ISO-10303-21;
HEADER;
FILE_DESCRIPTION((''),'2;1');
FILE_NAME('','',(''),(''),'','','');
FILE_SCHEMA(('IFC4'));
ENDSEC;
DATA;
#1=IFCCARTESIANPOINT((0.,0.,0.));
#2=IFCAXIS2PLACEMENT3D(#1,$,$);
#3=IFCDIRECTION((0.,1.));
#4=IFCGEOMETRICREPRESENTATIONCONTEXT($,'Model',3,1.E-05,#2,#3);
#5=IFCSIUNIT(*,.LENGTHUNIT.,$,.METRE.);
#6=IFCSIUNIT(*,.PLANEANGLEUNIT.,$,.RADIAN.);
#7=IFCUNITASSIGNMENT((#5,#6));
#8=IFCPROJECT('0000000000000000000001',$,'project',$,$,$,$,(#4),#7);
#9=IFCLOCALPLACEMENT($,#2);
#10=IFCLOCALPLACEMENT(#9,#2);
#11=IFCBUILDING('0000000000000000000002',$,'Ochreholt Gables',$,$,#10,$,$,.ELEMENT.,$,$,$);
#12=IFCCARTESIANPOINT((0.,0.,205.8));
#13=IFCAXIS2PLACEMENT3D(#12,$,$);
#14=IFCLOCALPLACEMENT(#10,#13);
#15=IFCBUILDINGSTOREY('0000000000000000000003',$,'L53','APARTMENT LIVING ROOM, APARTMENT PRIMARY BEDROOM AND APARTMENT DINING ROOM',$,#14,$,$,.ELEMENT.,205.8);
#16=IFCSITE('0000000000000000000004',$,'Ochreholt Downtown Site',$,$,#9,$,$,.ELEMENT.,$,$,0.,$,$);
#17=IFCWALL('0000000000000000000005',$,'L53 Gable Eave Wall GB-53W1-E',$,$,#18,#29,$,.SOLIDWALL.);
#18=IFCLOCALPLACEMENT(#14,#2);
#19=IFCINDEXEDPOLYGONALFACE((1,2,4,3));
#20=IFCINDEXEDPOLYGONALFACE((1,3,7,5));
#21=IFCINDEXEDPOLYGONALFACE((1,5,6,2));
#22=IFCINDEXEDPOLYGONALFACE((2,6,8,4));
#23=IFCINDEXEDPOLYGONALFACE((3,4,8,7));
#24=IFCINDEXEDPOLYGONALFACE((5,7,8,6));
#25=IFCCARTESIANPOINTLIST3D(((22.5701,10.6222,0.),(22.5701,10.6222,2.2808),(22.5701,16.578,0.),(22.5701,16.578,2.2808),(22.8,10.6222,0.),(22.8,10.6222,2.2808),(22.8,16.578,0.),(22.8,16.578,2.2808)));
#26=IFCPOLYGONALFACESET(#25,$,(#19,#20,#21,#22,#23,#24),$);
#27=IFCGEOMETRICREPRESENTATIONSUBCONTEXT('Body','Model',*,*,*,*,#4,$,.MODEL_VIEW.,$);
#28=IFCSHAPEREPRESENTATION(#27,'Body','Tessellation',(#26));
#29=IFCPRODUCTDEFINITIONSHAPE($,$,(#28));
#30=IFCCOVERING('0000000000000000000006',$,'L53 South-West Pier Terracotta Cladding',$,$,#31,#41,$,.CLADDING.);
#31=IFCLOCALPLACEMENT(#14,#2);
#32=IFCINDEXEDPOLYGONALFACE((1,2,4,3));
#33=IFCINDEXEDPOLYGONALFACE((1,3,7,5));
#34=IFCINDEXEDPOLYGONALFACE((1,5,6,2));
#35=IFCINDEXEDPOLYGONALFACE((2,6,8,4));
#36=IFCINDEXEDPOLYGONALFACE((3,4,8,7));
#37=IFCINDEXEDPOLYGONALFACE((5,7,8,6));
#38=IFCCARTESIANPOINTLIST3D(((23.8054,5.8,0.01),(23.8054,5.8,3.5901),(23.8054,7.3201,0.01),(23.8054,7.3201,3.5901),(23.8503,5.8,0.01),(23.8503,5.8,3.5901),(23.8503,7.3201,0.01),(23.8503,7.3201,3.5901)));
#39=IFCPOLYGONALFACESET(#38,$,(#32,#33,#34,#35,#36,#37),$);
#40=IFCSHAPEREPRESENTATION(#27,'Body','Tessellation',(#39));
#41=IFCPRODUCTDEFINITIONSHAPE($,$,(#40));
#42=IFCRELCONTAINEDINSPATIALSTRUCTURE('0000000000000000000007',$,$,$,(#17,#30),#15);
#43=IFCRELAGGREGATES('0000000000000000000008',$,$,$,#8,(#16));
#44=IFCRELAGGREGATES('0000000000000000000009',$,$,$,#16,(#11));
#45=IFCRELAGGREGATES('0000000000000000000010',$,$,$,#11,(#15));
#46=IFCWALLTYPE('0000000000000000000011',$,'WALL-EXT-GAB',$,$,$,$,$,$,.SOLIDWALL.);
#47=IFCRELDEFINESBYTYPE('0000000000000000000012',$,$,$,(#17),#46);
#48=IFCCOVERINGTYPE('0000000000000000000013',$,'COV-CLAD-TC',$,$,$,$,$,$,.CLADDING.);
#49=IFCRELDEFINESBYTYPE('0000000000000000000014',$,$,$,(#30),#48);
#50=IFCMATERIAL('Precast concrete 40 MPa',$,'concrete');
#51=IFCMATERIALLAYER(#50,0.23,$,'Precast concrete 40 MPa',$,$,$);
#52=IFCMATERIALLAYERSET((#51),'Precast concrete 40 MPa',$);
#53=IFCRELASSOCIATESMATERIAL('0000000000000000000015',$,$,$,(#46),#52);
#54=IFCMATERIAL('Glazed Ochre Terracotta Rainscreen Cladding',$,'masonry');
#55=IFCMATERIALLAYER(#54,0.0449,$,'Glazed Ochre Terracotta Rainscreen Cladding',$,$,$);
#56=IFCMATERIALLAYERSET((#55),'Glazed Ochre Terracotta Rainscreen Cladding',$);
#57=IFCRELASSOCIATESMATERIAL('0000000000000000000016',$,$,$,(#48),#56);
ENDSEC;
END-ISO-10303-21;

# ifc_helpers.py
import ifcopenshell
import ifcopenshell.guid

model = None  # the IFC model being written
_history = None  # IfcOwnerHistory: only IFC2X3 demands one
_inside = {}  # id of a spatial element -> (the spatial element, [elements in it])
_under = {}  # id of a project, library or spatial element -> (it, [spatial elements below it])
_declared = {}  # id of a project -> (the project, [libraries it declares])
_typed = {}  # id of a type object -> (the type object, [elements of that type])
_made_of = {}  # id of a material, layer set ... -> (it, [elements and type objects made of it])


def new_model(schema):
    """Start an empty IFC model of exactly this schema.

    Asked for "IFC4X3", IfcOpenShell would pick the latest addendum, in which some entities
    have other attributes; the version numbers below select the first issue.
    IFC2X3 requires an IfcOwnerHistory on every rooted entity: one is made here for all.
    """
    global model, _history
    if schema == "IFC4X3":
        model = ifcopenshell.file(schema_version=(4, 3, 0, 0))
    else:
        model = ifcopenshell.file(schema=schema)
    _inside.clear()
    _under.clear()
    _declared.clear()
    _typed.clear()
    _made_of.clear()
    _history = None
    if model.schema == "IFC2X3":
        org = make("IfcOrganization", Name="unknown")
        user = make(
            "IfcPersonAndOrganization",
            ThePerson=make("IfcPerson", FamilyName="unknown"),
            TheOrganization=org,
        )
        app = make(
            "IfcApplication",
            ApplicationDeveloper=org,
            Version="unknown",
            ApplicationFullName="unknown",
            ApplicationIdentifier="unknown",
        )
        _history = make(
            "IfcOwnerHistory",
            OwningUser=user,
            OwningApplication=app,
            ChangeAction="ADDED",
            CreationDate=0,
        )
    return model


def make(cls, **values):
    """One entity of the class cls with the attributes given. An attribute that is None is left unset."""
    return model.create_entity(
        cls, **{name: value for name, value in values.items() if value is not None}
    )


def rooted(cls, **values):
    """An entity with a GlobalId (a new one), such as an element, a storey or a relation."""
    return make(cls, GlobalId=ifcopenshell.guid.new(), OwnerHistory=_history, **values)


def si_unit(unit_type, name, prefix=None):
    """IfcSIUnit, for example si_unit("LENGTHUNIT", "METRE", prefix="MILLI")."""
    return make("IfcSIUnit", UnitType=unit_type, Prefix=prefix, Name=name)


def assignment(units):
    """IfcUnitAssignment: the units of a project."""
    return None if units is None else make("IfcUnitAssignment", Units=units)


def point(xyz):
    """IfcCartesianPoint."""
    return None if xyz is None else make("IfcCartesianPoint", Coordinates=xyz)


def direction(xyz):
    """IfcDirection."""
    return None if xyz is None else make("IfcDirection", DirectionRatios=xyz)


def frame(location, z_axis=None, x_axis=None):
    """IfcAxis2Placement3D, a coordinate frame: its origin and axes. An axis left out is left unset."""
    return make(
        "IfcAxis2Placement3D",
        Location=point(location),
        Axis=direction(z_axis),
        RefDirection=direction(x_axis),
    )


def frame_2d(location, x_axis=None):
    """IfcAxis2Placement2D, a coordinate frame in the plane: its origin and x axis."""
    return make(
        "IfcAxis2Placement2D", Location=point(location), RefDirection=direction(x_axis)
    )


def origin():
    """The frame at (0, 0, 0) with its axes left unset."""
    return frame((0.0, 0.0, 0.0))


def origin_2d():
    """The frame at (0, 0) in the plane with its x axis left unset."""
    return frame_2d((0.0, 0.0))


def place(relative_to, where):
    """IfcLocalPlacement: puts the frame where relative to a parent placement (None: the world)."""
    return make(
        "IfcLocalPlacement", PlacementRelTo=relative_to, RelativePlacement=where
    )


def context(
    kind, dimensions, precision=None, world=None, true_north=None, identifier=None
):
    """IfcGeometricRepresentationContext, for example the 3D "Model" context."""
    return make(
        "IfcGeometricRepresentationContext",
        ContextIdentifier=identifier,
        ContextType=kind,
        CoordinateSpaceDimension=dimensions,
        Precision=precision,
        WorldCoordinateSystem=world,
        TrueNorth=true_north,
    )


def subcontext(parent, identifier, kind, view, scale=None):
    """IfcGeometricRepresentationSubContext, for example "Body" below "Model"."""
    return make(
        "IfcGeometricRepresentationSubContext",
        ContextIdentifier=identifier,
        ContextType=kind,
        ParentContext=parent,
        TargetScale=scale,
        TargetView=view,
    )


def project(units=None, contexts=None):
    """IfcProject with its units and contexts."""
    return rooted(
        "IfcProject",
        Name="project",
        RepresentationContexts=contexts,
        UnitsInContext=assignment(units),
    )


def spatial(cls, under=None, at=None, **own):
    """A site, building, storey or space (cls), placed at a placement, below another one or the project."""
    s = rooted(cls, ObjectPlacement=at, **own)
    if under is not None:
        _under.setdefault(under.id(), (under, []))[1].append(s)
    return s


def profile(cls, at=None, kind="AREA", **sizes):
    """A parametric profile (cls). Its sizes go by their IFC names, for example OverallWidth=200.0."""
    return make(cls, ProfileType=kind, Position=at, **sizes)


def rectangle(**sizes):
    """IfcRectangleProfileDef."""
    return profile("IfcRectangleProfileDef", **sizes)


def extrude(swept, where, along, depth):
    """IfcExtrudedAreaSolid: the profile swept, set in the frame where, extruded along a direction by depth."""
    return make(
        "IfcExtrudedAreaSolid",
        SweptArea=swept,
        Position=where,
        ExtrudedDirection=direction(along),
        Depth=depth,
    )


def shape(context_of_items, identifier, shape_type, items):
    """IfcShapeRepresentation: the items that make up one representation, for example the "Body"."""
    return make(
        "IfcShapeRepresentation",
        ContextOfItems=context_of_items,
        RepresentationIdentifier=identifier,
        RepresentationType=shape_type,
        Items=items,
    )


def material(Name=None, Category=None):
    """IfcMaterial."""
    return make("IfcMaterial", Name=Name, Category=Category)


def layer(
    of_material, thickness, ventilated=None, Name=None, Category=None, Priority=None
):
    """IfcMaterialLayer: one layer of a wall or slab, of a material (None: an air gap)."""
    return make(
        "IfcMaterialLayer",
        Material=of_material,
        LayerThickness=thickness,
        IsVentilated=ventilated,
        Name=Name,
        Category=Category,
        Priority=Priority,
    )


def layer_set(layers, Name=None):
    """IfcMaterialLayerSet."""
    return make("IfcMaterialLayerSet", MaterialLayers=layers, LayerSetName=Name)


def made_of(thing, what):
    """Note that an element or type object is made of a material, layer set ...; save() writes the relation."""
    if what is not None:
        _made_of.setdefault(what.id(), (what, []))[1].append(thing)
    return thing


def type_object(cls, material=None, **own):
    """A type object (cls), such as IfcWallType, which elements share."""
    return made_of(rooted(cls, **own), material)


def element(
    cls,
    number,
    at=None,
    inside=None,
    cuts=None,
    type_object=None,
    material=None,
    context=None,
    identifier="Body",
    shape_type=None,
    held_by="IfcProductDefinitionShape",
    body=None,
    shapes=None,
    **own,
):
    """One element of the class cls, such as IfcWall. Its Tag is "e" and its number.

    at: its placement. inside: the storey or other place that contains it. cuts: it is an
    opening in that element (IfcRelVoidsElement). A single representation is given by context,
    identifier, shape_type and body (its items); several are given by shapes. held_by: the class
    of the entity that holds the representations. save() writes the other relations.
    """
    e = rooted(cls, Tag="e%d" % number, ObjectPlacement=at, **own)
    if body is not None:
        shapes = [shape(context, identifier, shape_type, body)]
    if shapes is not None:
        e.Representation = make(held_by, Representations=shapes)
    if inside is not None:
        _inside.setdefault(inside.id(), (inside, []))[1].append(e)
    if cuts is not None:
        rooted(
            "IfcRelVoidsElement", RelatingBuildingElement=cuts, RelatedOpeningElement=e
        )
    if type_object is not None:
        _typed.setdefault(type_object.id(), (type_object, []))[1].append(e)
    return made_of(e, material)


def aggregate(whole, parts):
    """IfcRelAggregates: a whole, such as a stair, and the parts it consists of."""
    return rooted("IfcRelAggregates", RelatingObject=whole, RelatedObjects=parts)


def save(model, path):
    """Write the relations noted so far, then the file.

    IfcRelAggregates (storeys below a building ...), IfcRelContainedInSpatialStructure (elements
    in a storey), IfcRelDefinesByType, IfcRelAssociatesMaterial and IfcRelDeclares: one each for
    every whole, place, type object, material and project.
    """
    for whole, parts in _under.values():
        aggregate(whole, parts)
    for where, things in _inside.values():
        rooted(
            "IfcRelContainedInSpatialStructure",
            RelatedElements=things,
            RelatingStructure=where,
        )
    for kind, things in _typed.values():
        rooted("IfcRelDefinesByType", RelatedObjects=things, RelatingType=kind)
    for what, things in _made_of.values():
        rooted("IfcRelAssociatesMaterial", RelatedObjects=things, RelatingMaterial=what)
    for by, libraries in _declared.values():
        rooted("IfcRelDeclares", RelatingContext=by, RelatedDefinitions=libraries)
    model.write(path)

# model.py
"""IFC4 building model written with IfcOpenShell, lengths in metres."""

from ifc_helpers import new_model, si_unit, direction, frame, frame_2d, origin, origin_2d, place, context, subcontext, project, spatial, rectangle, extrude, material, layer, layer_set, type_object, element, save


model = new_model("IFC4")

# Units and contexts
model_context = context("Model", 3, precision=1e-05, world=origin(), true_north=direction((0.0, 1.0)))
body_context = subcontext(model_context, "Body", "Model", "MODEL_VIEW")
ifc_project = project(units=[si_unit("LENGTHUNIT", "METRE"), si_unit("PLANEANGLEUNIT", "RADIAN")], contexts=[model_context])

# Site, building, storey
site_placement = place(None, origin())
site = spatial("IfcSite", under=ifc_project, at=site_placement, Name="Ochreholt Downtown Site", CompositionType="ELEMENT", RefElevation=0.0)
building_placement = place(site_placement, origin())
building = spatial("IfcBuilding", under=site, at=building_placement, Name="Ochreholt Gables", CompositionType="ELEMENT")
storey_placement = place(building_placement, frame((0.0, 0.0, 205.8)))
storey = spatial("IfcBuildingStorey", under=building, at=storey_placement, Name="L53", Description="APARTMENT LIVING ROOM, APARTMENT PRIMARY BEDROOM AND APARTMENT DINING ROOM", CompositionType="ELEMENT", Elevation=205.8)

# Shared definitions
ifc_material_1 = material(Name="Precast concrete 40 MPa", Category="concrete")

# Shared definitions
ifc_layer_1 = layer(ifc_material_1, 0.23, Name="Precast concrete 40 MPa")
ifc_layer_set_1 = layer_set([ifc_layer_1], Name="Precast concrete 40 MPa")
wall_type = type_object("IfcWallType", Name="WALL-EXT-GAB", PredefinedType="SOLIDWALL", material=ifc_layer_set_1)

# Wall
wall_1_placement = place(storey_placement, frame((22.6851, 10.6221, 0.0), z_axis=(0.0, 0.0, 1.0), x_axis=(0.0, 1.0, 0.0)))
element("IfcWall", 1, at=wall_1_placement, inside=storey, type_object=wall_type, Name="L53 Gable Eave Wall GB-53W1-E", PredefinedType="SOLIDWALL", context=body_context, shape_type="SweptSolid", body=[
    extrude(rectangle(XDim=5.9558, YDim=0.23, at=frame_2d((2.978, 0.0))), origin(), (0.0, 0.0, 1.0), 2.2808),
])

# Covering
ifc_material_2 = material(Name="Glazed Ochre Terracotta Rainscreen Cladding", Category="masonry")
ifc_layer_2 = layer(ifc_material_2, 0.0449, Name="Glazed Ochre Terracotta Rainscreen Cladding")
ifc_layer_set_2 = layer_set([ifc_layer_2], Name="Glazed Ochre Terracotta Rainscreen Cladding")
covering_type = type_object("IfcCoveringType", Name="COV-CLAD-TC", PredefinedType="CLADDING", material=ifc_layer_set_2)
covering_placement = place(storey_placement, frame((23.8279, 6.5601, 0.01), z_axis=(0.0, 0.0, 1.0), x_axis=(0.0, 1.0, 0.0)))
element("IfcCovering", 2, at=covering_placement, inside=storey, type_object=covering_type, Name="L53 South-West Pier Terracotta Cladding", PredefinedType="CLADDING", context=body_context, shape_type="SweptSolid", body=[
    extrude(rectangle(XDim=1.52, YDim=0.0449, at=origin_2d()), origin(), (0.0, 0.0, 1.0), 3.5801),
])

save(model, "model.ifc")
